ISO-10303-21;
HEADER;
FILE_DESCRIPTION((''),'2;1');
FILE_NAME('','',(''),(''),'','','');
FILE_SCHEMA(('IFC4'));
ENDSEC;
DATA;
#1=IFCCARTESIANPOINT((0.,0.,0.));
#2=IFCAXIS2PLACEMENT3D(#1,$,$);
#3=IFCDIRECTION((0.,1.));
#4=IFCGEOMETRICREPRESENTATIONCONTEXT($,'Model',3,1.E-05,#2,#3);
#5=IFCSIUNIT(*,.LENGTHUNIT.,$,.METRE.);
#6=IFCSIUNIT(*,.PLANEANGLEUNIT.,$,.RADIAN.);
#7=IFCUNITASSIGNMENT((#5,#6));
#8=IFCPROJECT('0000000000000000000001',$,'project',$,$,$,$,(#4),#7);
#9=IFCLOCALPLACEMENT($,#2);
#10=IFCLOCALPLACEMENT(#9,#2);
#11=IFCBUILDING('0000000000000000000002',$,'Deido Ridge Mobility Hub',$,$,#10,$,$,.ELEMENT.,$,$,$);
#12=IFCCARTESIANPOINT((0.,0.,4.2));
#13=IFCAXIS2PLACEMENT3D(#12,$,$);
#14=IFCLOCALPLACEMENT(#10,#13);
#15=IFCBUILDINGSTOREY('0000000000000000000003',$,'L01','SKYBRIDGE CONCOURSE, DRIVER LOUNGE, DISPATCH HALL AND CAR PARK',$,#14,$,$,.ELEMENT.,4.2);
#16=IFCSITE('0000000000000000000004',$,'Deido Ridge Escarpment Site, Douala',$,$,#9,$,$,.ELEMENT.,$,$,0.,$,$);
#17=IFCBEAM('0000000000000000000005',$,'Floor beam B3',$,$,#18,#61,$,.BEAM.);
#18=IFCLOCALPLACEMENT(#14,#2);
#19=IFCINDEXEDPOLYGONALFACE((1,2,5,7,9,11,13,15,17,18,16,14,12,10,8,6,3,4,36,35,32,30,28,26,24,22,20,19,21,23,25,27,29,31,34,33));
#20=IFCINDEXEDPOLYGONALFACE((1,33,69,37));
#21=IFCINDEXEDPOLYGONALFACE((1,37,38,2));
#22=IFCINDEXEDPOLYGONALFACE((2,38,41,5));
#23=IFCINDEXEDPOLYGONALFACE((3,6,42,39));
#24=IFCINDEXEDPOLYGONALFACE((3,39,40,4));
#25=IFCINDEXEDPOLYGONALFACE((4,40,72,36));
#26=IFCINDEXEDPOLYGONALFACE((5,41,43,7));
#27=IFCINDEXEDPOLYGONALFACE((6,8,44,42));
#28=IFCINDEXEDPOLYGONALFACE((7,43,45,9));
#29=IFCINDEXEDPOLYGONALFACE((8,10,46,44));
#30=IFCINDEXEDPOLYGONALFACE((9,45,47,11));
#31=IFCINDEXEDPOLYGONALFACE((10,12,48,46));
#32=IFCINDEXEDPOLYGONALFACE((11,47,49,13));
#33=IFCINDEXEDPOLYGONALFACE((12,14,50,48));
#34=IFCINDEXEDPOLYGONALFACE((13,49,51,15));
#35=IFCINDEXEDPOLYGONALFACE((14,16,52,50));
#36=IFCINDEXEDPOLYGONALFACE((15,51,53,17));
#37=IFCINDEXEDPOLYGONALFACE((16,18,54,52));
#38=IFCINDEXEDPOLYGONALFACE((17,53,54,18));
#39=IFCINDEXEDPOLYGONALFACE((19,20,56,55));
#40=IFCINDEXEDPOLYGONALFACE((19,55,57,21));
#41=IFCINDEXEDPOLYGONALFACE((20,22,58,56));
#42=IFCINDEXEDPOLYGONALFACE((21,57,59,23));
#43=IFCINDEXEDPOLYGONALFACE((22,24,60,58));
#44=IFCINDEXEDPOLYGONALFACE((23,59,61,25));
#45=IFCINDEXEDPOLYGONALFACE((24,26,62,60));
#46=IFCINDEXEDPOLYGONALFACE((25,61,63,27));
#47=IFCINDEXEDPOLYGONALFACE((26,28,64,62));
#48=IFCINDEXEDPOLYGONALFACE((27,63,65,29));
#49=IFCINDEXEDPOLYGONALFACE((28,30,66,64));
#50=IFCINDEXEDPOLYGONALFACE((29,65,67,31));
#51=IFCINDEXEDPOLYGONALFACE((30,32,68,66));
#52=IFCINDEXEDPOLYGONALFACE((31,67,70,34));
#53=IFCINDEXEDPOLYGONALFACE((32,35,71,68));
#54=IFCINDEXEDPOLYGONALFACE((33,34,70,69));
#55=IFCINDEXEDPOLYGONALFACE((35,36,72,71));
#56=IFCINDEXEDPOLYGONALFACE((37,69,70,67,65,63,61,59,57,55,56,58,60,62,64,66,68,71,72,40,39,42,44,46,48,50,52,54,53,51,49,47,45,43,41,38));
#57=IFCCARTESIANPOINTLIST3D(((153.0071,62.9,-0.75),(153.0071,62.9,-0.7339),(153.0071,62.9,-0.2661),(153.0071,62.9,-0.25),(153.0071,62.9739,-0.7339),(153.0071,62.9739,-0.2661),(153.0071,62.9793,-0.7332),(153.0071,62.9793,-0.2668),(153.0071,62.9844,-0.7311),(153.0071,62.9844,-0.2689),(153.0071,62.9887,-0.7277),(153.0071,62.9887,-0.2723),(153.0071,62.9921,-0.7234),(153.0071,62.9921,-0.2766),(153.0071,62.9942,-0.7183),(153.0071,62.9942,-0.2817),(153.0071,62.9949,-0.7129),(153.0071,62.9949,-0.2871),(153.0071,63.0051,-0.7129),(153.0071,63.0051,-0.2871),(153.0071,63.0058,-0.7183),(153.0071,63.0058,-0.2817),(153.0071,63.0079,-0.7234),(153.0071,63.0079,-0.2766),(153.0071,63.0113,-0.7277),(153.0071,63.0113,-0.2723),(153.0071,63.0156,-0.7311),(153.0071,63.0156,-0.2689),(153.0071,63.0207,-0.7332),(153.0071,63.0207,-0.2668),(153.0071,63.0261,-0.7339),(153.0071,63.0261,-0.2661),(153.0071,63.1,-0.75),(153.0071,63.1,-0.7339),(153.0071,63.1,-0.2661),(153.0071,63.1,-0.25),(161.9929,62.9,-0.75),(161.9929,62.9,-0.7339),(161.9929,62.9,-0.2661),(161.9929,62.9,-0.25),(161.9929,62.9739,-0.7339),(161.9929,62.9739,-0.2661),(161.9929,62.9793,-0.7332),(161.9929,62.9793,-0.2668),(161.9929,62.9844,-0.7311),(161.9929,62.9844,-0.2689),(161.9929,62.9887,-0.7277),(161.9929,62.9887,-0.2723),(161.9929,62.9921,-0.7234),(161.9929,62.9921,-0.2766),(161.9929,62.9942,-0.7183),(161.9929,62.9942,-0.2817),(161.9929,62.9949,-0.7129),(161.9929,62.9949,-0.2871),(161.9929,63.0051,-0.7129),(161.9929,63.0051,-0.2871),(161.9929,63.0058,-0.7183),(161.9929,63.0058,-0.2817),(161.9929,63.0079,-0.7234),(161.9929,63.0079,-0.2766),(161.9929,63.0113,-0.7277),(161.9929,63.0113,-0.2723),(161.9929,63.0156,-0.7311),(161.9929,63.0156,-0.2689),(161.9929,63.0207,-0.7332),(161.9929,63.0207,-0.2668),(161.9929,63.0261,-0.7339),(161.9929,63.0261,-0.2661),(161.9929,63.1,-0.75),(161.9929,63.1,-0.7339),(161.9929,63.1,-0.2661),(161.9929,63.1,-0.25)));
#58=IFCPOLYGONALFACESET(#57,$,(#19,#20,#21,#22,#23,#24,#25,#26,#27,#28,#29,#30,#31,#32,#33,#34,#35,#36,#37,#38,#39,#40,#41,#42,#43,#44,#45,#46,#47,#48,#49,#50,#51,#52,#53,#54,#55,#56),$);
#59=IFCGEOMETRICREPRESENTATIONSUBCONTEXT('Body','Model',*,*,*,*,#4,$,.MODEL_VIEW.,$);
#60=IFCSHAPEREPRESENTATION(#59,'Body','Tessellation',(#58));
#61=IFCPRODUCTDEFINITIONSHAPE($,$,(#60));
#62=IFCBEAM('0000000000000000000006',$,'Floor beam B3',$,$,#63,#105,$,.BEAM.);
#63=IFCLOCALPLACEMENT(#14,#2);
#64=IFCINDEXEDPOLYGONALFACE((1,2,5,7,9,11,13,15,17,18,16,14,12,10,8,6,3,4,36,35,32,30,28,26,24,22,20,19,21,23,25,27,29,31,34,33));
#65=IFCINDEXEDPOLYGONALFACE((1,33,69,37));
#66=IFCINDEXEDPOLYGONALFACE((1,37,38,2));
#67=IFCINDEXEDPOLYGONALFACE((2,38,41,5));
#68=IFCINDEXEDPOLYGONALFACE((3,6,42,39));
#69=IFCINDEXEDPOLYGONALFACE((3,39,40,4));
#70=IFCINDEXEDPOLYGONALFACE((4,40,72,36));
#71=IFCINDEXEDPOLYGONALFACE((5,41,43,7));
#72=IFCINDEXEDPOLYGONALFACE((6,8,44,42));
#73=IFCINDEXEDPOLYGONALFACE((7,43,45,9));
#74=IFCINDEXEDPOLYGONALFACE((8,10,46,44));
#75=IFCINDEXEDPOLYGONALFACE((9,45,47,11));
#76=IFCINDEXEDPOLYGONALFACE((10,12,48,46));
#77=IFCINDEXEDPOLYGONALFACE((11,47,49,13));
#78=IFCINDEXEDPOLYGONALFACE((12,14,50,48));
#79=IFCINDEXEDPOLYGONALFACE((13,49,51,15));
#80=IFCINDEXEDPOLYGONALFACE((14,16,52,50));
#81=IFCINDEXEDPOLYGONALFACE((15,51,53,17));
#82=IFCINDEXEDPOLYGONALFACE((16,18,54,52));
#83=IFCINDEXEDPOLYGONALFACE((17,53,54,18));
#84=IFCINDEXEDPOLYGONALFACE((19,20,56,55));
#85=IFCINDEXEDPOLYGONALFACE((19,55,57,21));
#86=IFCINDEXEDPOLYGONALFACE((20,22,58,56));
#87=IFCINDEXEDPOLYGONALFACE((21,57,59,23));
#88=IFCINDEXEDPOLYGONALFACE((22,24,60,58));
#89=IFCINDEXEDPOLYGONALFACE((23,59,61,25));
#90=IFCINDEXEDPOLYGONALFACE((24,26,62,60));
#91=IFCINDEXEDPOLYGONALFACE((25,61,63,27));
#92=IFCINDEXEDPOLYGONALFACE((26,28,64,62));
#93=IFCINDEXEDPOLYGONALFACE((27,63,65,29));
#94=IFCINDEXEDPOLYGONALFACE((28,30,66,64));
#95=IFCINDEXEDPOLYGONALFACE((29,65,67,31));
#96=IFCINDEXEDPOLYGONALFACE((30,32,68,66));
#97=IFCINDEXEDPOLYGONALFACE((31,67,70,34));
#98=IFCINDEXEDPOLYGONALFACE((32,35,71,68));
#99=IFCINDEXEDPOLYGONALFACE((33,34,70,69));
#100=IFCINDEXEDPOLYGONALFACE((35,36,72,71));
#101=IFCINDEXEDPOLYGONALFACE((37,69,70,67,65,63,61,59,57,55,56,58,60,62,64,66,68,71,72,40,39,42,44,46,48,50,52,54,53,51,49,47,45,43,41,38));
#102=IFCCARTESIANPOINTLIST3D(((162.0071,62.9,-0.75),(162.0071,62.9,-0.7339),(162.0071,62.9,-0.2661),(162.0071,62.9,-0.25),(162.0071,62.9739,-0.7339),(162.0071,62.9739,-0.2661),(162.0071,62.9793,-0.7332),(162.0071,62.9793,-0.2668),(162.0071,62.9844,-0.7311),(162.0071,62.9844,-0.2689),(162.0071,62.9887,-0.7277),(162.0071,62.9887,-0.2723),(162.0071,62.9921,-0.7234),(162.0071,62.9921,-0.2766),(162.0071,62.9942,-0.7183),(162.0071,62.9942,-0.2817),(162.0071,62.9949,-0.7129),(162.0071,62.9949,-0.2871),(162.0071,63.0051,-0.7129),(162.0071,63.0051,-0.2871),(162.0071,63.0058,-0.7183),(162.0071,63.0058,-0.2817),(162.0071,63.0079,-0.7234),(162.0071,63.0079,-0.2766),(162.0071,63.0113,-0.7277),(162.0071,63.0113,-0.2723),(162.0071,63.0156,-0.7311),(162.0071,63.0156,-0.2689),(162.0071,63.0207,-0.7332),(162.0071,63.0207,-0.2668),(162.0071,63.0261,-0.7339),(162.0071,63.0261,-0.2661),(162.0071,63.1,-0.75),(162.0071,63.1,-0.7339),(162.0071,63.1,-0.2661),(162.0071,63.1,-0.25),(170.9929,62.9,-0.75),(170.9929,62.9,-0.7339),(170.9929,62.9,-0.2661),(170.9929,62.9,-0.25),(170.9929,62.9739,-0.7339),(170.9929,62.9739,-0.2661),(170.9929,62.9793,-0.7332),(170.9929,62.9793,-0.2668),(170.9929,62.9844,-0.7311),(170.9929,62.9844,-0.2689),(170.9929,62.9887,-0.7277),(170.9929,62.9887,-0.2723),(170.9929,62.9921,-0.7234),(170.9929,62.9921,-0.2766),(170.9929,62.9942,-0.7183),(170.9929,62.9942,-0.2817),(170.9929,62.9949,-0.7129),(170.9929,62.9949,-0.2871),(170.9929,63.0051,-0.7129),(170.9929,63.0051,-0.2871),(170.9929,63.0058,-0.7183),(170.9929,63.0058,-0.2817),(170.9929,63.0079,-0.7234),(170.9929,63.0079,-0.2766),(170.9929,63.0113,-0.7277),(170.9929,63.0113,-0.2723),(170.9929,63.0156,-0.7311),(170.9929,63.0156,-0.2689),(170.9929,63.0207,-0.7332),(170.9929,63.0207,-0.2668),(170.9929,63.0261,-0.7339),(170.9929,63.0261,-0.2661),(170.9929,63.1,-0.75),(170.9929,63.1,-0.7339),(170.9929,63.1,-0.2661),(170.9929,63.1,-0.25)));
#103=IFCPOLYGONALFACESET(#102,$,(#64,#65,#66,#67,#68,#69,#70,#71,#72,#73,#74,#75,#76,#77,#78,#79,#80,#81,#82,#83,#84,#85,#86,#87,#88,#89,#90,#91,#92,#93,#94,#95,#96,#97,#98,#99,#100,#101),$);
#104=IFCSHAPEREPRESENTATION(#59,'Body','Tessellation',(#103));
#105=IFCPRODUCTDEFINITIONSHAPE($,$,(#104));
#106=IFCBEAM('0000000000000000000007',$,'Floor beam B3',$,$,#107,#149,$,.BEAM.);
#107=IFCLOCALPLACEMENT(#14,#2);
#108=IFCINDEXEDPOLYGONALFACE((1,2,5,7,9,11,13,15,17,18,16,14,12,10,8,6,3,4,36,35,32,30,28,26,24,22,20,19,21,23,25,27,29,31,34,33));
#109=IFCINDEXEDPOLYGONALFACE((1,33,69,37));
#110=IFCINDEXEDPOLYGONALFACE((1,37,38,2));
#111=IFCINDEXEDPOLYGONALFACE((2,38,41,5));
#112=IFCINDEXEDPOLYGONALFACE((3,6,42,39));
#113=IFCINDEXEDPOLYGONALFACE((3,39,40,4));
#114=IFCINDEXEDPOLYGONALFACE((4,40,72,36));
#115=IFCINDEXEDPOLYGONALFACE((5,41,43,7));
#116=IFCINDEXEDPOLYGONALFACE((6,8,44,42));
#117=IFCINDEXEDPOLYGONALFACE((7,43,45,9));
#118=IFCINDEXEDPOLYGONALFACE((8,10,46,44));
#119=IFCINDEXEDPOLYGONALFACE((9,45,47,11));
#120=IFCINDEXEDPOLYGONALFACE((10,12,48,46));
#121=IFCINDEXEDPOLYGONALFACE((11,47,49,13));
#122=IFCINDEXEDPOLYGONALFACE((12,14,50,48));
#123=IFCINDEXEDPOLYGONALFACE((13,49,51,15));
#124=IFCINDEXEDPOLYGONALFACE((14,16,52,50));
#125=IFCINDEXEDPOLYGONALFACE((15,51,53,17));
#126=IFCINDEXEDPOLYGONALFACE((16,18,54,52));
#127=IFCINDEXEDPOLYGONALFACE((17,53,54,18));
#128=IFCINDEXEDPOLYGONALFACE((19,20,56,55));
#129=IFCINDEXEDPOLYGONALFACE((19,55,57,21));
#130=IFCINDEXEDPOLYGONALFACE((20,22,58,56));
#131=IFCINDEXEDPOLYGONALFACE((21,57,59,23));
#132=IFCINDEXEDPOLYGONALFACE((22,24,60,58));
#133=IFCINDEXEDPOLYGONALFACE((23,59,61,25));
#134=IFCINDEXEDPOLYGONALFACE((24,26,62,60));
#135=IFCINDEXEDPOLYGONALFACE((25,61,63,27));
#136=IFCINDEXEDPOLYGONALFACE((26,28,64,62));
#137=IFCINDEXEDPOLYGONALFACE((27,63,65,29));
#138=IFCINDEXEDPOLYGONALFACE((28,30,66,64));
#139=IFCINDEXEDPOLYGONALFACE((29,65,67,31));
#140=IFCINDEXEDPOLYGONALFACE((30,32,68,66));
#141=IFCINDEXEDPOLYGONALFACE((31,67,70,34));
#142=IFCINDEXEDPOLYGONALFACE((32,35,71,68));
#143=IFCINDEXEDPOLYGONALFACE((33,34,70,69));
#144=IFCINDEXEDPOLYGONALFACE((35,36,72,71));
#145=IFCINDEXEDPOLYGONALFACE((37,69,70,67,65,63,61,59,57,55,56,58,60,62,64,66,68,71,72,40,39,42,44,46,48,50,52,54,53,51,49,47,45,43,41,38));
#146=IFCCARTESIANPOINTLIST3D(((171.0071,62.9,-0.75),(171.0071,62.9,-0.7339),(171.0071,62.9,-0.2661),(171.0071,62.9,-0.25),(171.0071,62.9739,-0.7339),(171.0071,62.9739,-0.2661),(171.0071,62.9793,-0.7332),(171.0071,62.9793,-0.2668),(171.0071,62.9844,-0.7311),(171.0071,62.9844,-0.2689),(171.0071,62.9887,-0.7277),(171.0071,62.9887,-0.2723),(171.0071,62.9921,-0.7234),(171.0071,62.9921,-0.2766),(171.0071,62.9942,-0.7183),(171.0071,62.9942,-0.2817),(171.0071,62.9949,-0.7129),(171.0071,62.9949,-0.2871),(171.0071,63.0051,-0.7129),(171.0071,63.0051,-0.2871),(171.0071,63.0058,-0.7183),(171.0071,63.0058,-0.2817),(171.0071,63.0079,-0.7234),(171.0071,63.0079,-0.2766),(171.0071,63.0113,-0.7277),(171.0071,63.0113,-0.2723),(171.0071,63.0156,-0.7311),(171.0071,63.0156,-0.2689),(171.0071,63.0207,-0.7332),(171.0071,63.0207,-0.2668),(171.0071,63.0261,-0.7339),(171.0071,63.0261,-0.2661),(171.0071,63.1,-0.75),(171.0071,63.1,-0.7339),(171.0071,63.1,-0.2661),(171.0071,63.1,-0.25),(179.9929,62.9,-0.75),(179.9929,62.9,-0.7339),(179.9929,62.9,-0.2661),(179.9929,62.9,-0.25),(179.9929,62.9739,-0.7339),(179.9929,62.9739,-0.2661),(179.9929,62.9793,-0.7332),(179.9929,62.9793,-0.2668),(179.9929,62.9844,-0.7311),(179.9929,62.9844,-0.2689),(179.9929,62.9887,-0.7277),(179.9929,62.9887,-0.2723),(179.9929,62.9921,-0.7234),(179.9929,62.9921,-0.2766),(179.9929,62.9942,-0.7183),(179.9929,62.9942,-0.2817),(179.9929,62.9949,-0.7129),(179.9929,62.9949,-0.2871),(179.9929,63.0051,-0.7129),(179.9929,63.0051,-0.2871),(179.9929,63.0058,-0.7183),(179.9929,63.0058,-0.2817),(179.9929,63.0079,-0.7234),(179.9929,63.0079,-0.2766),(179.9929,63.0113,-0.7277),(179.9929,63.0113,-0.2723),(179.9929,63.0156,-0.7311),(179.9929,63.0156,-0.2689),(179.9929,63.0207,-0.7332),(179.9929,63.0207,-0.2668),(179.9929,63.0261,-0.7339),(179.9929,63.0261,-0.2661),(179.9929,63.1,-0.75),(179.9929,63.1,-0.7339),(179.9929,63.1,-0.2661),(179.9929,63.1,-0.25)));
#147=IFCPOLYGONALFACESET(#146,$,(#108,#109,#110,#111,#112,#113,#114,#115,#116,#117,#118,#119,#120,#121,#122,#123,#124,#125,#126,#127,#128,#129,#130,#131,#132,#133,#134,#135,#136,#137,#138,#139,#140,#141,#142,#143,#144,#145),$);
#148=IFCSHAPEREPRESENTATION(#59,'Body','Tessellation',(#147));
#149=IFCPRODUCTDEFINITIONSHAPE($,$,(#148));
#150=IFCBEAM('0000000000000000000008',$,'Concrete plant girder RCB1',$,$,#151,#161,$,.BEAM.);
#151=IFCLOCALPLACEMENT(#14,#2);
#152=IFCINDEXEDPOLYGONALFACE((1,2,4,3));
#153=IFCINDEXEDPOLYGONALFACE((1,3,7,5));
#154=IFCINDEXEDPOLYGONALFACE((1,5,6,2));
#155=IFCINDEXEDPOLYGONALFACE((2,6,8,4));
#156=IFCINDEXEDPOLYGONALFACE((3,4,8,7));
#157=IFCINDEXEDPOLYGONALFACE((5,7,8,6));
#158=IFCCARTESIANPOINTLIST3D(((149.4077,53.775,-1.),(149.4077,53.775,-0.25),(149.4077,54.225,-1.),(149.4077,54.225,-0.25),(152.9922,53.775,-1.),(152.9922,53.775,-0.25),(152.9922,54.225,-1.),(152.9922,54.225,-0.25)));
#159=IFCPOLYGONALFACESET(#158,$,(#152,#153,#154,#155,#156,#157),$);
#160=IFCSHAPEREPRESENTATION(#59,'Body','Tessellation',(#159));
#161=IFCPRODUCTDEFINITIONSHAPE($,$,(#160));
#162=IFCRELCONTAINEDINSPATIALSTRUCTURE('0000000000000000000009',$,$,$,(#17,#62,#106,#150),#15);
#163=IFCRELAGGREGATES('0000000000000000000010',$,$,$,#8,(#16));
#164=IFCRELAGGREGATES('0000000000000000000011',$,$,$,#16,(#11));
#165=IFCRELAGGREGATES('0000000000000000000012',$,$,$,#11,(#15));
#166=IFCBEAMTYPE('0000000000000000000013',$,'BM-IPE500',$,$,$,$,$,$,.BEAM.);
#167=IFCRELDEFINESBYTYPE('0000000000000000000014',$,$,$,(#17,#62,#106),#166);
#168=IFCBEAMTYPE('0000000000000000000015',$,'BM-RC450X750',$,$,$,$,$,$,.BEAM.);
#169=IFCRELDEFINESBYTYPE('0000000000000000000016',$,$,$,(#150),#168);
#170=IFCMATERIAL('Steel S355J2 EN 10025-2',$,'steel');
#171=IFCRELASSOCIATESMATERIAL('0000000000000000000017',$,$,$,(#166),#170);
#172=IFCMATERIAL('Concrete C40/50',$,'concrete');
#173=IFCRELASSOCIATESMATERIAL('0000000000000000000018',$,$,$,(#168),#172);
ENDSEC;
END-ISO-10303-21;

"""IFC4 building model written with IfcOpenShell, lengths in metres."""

from ifc_helpers import new_model, si_unit, direction, frame, origin, origin_2d, place, context, subcontext, project, spatial, rectangle, i_section, extrude, material, material_profile, profile_set, type_object, element, save


model = new_model("IFC4")

# Units and contexts
model_context = context("Model", 3, precision=1e-05, world=origin(), true_north=direction((0.0, 1.0)))
body_context = subcontext(model_context, "Body", "Model", "MODEL_VIEW")
ifc_project = project(units=[si_unit("LENGTHUNIT", "METRE"), si_unit("PLANEANGLEUNIT", "RADIAN")], contexts=[model_context])

# Site, building, storey
site_placement = place(None, origin())
site = spatial("IfcSite", under=ifc_project, at=site_placement, Name="Deido Ridge Escarpment Site, Douala", CompositionType="ELEMENT", RefElevation=0.0)
building_placement = place(site_placement, origin())
building = spatial("IfcBuilding", under=site, at=building_placement, Name="Deido Ridge Mobility Hub", CompositionType="ELEMENT")
storey_placement = place(building_placement, frame((0.0, 0.0, 4.2)))
storey = spatial("IfcBuildingStorey", under=building, at=storey_placement, Name="L01", Description="SKYBRIDGE CONCOURSE, DRIVER LOUNGE, DISPATCH HALL AND CAR PARK", CompositionType="ELEMENT", Elevation=4.2)

# Shared definitions
ifc_material_1 = material(Name="Steel S355J2 EN 10025-2", Category="steel")

# Beams
ifc_material_profile_1 = material_profile(ifc_material_1, i_section(OverallWidth=0.2, OverallDepth=0.5, WebThickness=0.0103, FlangeThickness=0.0161, FilletRadius=0.021, at=origin_2d()), Name="IPE 500")
ifc_profile_set_1 = profile_set([ifc_material_profile_1], Name="Steel S355J2 EN 10025-2")
beam_type_1 = type_object("IfcBeamType", Name="BM-IPE500", PredefinedType="BEAM", material=ifc_profile_set_1)
for number, where, z_axis, x_axis, name in (
    (1, (153.0071, 63.0, -0.5), (1.0, 0.0, 0.0), (0.0, 1.0, 0.0), "Floor beam B3"),
    (2, (162.0071, 63.0, -0.5), (1.0, 0.0, 0.0), (0.0, 1.0, 0.0), "Floor beam B3"),
    (3, (171.0071, 63.0, -0.5), (1.0, 0.0, 0.0), (0.0, 1.0, 0.0), "Floor beam B3"),
):
    element("IfcBeam", number, at=place(storey_placement, frame(where, z_axis=z_axis, x_axis=x_axis)), inside=storey, type_object=beam_type_1, Name=name, PredefinedType="BEAM", context=body_context, shape_type="SweptSolid", body=[
        extrude(i_section(OverallWidth=0.2, OverallDepth=0.5, WebThickness=0.0103, FlangeThickness=0.0161, FilletRadius=0.021, at=origin_2d()), origin(), (0.0, 0.0, 1.0), 8.9858),
    ])
ifc_material_2 = material(Name="Concrete C40/50", Category="concrete")
ifc_material_profile_2 = material_profile(ifc_material_2, rectangle(XDim=0.45, YDim=0.75, at=origin_2d()), Name="RC BEAM 450x750")
ifc_profile_set_2 = profile_set([ifc_material_profile_2], Name="Concrete C40/50")
beam_type_2 = type_object("IfcBeamType", Name="BM-RC450X750", PredefinedType="BEAM", material=ifc_profile_set_2)
beam_1_placement = place(storey_placement, frame((149.4077, 54.0, -0.625), z_axis=(1.0, 0.0, 0.0), x_axis=(0.0, 1.0, 0.0)))
element("IfcBeam", 4, at=beam_1_placement, inside=storey, type_object=beam_type_2, Name="Concrete plant girder RCB1", PredefinedType="BEAM", context=body_context, shape_type="SweptSolid", body=[
    extrude(rectangle(XDim=0.45, YDim=0.75, at=origin_2d()), origin(), (0.0, 0.0, 1.0), 3.5845),
])

save(model, "model.ifc")
